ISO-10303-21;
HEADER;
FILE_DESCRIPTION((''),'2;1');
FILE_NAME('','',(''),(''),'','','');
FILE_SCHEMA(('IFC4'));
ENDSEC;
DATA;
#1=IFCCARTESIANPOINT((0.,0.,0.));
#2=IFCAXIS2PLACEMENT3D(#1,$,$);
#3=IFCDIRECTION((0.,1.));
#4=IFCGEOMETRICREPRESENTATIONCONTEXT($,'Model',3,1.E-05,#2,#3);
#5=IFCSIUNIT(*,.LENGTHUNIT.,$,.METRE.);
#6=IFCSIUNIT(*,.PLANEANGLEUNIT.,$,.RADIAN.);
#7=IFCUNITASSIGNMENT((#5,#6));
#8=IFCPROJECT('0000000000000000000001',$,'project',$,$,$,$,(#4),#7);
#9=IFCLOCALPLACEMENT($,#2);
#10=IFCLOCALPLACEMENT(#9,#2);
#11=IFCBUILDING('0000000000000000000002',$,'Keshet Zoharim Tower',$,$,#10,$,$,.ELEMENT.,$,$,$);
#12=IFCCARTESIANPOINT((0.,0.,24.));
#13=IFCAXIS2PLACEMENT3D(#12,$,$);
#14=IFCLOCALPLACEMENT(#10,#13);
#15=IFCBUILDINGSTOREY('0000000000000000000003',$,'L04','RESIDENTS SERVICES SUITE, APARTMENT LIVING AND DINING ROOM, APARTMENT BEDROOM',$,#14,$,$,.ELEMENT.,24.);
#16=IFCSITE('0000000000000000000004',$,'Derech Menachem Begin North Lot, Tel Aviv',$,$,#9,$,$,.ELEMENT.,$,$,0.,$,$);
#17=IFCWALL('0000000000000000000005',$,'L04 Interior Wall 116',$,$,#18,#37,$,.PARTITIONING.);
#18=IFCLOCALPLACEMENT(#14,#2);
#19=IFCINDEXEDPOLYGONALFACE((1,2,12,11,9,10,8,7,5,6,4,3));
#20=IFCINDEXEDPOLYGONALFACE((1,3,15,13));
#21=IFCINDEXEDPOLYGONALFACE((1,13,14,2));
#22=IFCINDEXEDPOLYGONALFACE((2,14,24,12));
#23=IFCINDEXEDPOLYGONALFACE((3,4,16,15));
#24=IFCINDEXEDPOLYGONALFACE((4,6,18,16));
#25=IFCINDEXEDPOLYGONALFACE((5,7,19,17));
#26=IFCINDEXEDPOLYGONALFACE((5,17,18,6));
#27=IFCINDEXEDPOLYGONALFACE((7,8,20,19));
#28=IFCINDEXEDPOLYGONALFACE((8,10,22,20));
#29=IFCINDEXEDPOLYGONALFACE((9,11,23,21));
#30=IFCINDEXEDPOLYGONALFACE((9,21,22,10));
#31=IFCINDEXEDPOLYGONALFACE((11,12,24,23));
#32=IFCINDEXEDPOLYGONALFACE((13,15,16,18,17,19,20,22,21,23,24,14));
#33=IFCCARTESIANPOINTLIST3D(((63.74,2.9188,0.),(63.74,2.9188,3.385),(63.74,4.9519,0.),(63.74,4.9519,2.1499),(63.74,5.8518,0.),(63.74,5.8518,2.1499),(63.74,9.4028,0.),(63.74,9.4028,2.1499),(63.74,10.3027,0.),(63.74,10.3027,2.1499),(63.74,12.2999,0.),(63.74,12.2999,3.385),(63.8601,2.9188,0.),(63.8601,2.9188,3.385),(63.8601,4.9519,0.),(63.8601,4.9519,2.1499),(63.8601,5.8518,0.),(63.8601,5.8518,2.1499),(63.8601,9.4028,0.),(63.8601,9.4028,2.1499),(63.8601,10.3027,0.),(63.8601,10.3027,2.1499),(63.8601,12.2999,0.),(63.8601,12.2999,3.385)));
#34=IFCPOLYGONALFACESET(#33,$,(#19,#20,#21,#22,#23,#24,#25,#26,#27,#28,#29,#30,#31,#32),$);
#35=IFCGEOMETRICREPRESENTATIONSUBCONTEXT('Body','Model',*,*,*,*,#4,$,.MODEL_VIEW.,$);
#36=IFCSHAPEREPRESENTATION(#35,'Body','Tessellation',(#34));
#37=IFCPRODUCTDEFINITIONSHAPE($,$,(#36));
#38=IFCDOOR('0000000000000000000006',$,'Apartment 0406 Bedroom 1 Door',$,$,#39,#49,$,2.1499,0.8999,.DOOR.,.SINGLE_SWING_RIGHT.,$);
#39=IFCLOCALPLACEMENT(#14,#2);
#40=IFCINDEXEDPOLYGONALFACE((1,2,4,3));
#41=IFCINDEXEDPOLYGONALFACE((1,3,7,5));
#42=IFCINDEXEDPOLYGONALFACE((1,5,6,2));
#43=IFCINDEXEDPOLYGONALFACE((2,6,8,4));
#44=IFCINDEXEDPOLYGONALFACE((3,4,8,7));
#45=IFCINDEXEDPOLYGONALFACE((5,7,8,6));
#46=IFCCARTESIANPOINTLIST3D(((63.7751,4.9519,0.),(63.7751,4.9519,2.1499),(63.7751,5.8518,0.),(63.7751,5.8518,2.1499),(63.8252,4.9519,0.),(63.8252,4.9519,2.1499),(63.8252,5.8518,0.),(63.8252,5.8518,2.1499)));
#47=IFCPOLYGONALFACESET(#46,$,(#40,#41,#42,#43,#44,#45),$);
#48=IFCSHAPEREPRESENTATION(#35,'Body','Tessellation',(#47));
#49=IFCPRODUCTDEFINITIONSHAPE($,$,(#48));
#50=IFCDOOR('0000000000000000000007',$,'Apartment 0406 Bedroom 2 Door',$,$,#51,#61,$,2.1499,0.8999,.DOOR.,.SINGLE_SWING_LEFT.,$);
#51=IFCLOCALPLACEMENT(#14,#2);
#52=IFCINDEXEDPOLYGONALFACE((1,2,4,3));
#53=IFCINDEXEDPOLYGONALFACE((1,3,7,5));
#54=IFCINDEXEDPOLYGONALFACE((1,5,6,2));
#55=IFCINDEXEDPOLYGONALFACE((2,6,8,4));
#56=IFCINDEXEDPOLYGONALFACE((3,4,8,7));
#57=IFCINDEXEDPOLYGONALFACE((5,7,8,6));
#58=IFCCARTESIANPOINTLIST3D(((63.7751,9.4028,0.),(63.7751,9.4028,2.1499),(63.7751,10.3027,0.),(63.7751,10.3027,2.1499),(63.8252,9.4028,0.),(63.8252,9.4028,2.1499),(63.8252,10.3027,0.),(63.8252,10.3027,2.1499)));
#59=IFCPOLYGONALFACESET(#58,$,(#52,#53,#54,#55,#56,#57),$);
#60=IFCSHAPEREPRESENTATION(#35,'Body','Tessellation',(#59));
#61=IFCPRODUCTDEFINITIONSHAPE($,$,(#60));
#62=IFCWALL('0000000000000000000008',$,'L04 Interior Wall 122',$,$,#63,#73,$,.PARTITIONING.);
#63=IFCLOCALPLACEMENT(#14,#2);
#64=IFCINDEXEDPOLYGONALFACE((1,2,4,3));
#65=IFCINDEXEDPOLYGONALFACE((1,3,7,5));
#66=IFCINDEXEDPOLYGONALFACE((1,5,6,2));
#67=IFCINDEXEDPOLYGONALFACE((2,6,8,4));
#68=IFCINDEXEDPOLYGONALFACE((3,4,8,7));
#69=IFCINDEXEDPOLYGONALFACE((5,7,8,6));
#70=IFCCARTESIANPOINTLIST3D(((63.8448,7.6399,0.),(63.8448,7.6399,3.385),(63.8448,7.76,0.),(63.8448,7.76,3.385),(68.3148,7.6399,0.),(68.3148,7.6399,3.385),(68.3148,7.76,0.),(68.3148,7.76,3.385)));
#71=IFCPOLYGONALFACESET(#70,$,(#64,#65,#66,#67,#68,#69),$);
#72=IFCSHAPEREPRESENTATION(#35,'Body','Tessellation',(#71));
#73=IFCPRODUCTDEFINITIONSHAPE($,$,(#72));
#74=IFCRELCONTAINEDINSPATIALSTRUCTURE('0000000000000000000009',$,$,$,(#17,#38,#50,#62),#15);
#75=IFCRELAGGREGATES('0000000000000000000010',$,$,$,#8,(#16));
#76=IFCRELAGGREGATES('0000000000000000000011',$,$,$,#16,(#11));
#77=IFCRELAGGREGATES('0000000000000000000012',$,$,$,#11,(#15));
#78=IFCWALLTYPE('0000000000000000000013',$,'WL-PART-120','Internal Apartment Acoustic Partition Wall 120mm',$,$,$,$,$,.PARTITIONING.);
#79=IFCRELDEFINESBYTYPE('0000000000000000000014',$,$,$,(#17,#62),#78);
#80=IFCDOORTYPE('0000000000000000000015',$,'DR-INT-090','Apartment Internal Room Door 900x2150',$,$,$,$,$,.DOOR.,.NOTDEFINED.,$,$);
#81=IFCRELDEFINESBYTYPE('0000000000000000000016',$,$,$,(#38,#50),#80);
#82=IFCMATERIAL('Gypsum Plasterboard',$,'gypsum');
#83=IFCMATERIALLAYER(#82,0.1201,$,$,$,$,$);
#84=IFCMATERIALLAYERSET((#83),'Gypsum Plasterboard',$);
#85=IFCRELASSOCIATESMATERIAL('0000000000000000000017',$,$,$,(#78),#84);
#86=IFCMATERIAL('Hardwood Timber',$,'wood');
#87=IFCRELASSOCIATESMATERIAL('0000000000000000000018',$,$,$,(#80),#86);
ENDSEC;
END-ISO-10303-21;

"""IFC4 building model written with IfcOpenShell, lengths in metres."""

from ifc_helpers import new_model, si_unit, direction, frame, frame_2d, origin, place, context, subcontext, project, spatial, rectangle, extrude, material, layer, layer_set, type_object, element, fill, save


model = new_model("IFC4")

# Units and contexts
model_context = context("Model", 3, precision=1e-05, world=origin(), true_north=direction((0.0, 1.0)))
body_context = subcontext(model_context, "Body", "Model", "MODEL_VIEW")
ifc_project = project(units=[si_unit("LENGTHUNIT", "METRE"), si_unit("PLANEANGLEUNIT", "RADIAN")], contexts=[model_context])

# Site, building, storey
site_placement = place(None, origin())
site = spatial("IfcSite", under=ifc_project, at=site_placement, Name="Derech Menachem Begin North Lot, Tel Aviv", CompositionType="ELEMENT", RefElevation=0.0)
building_placement = place(site_placement, origin())
building = spatial("IfcBuilding", under=site, at=building_placement, Name="Keshet Zoharim Tower", CompositionType="ELEMENT")
storey_placement = place(building_placement, frame((0.0, 0.0, 24.0)))
storey = spatial("IfcBuildingStorey", under=building, at=storey_placement, Name="L04", Description="RESIDENTS SERVICES SUITE, APARTMENT LIVING AND DINING ROOM, APARTMENT BEDROOM", CompositionType="ELEMENT", Elevation=24.0)

# Shared definitions
ifc_material_1 = material(Name="Gypsum Plasterboard", Category="gypsum")
ifc_layer_1 = layer(ifc_material_1, 0.1201)
ifc_layer_set_1 = layer_set([ifc_layer_1], Name="Gypsum Plasterboard")
wall_type = type_object("IfcWallType", Name="WL-PART-120", Description="Internal Apartment Acoustic Partition Wall 120mm", PredefinedType="PARTITIONING", material=ifc_layer_set_1)

# Wall, openings, doors
wall_1_placement = place(storey_placement, frame((63.8, 2.9189, 0.0), z_axis=(0.0, 0.0, 1.0), x_axis=(0.0, 1.0, 0.0)))
wall_1 = element("IfcWall", 1, at=wall_1_placement, inside=storey, type_object=wall_type, Name="L04 Interior Wall 116", PredefinedType="PARTITIONING", context=body_context, shape_type="SweptSolid", body=[
    extrude(rectangle(XDim=9.3811, YDim=0.1201, at=frame_2d((4.6904, 0.0))), origin(), (0.0, 0.0, 1.0), 3.385),
])
opening_1_placement = place(wall_1_placement, frame((2.033, 0.0, 0.0)))
opening_1 = element("IfcOpeningElement", 2, at=opening_1_placement, cuts=wall_1, PredefinedType="OPENING", context=body_context, shape_type="SweptSolid", body=[
    extrude(rectangle(XDim=0.8999, YDim=2.1499, at=frame_2d((0.45, 1.075))), frame((0.0, 0.0701, 0.0), z_axis=(0.0, -1.0, 0.0), x_axis=(1.0, 0.0, 0.0)), (0.0, 0.0, 1.0), 0.1401),
])
opening_2_placement = place(wall_1_placement, frame((6.4839, 0.0, 0.0)))
opening_2 = element("IfcOpeningElement", 3, at=opening_2_placement, cuts=wall_1, PredefinedType="OPENING", context=body_context, shape_type="SweptSolid", body=[
    extrude(rectangle(XDim=0.8999, YDim=2.1499, at=frame_2d((0.45, 1.075))), frame((0.0, 0.0701, 0.0), z_axis=(0.0, -1.0, 0.0), x_axis=(1.0, 0.0, 0.0)), (0.0, 0.0, 1.0), 0.1401),
])
ifc_material_2 = material(Name="Hardwood Timber", Category="wood")
door_type = type_object("IfcDoorType", Name="DR-INT-090", Description="Apartment Internal Room Door 900x2150", OperationType="NOTDEFINED", PredefinedType="DOOR", material=ifc_material_2)
door_1_placement = place(opening_1_placement, origin())
door_1 = element("IfcDoor", 4, at=door_1_placement, inside=storey, type_object=door_type, Name="Apartment 0406 Bedroom 1 Door", OperationType="SINGLE_SWING_RIGHT", OverallHeight=2.1499, OverallWidth=0.8999, PredefinedType="DOOR", context=body_context, shape_type="SweptSolid", body=[
    extrude(rectangle(XDim=0.8999, YDim=2.1499, at=frame_2d((0.45, 1.075))), frame((0.0, 0.0249, 0.0), z_axis=(0.0, -1.0, 0.0), x_axis=(1.0, 0.0, 0.0)), (0.0, 0.0, 1.0), 0.05),
])
fill(opening_1, door_1)
door_2_placement = place(opening_2_placement, origin())
door_2 = element("IfcDoor", 5, at=door_2_placement, inside=storey, type_object=door_type, Name="Apartment 0406 Bedroom 2 Door", OperationType="SINGLE_SWING_LEFT", OverallHeight=2.1499, OverallWidth=0.8999, PredefinedType="DOOR", context=body_context, shape_type="SweptSolid", body=[
    extrude(rectangle(XDim=0.8999, YDim=2.1499, at=frame_2d((0.45, 1.075))), frame((0.0, 0.0249, 0.0), z_axis=(0.0, -1.0, 0.0), x_axis=(1.0, 0.0, 0.0)), (0.0, 0.0, 1.0), 0.05),
])
fill(opening_2, door_2)

# Wall
wall_2_placement = place(storey_placement, frame((63.845, 7.7, 0.0), z_axis=(0.0, 0.0, 1.0), x_axis=(1.0, 0.0, 0.0)))
element("IfcWall", 6, at=wall_2_placement, inside=storey, type_object=wall_type, Name="L04 Interior Wall 122", PredefinedType="PARTITIONING", context=body_context, shape_type="SweptSolid", body=[
    extrude(rectangle(XDim=4.47, YDim=0.1201, at=frame_2d((2.2349, 0.0))), origin(), (0.0, 0.0, 1.0), 3.385),
])

save(model, "model.ifc")
